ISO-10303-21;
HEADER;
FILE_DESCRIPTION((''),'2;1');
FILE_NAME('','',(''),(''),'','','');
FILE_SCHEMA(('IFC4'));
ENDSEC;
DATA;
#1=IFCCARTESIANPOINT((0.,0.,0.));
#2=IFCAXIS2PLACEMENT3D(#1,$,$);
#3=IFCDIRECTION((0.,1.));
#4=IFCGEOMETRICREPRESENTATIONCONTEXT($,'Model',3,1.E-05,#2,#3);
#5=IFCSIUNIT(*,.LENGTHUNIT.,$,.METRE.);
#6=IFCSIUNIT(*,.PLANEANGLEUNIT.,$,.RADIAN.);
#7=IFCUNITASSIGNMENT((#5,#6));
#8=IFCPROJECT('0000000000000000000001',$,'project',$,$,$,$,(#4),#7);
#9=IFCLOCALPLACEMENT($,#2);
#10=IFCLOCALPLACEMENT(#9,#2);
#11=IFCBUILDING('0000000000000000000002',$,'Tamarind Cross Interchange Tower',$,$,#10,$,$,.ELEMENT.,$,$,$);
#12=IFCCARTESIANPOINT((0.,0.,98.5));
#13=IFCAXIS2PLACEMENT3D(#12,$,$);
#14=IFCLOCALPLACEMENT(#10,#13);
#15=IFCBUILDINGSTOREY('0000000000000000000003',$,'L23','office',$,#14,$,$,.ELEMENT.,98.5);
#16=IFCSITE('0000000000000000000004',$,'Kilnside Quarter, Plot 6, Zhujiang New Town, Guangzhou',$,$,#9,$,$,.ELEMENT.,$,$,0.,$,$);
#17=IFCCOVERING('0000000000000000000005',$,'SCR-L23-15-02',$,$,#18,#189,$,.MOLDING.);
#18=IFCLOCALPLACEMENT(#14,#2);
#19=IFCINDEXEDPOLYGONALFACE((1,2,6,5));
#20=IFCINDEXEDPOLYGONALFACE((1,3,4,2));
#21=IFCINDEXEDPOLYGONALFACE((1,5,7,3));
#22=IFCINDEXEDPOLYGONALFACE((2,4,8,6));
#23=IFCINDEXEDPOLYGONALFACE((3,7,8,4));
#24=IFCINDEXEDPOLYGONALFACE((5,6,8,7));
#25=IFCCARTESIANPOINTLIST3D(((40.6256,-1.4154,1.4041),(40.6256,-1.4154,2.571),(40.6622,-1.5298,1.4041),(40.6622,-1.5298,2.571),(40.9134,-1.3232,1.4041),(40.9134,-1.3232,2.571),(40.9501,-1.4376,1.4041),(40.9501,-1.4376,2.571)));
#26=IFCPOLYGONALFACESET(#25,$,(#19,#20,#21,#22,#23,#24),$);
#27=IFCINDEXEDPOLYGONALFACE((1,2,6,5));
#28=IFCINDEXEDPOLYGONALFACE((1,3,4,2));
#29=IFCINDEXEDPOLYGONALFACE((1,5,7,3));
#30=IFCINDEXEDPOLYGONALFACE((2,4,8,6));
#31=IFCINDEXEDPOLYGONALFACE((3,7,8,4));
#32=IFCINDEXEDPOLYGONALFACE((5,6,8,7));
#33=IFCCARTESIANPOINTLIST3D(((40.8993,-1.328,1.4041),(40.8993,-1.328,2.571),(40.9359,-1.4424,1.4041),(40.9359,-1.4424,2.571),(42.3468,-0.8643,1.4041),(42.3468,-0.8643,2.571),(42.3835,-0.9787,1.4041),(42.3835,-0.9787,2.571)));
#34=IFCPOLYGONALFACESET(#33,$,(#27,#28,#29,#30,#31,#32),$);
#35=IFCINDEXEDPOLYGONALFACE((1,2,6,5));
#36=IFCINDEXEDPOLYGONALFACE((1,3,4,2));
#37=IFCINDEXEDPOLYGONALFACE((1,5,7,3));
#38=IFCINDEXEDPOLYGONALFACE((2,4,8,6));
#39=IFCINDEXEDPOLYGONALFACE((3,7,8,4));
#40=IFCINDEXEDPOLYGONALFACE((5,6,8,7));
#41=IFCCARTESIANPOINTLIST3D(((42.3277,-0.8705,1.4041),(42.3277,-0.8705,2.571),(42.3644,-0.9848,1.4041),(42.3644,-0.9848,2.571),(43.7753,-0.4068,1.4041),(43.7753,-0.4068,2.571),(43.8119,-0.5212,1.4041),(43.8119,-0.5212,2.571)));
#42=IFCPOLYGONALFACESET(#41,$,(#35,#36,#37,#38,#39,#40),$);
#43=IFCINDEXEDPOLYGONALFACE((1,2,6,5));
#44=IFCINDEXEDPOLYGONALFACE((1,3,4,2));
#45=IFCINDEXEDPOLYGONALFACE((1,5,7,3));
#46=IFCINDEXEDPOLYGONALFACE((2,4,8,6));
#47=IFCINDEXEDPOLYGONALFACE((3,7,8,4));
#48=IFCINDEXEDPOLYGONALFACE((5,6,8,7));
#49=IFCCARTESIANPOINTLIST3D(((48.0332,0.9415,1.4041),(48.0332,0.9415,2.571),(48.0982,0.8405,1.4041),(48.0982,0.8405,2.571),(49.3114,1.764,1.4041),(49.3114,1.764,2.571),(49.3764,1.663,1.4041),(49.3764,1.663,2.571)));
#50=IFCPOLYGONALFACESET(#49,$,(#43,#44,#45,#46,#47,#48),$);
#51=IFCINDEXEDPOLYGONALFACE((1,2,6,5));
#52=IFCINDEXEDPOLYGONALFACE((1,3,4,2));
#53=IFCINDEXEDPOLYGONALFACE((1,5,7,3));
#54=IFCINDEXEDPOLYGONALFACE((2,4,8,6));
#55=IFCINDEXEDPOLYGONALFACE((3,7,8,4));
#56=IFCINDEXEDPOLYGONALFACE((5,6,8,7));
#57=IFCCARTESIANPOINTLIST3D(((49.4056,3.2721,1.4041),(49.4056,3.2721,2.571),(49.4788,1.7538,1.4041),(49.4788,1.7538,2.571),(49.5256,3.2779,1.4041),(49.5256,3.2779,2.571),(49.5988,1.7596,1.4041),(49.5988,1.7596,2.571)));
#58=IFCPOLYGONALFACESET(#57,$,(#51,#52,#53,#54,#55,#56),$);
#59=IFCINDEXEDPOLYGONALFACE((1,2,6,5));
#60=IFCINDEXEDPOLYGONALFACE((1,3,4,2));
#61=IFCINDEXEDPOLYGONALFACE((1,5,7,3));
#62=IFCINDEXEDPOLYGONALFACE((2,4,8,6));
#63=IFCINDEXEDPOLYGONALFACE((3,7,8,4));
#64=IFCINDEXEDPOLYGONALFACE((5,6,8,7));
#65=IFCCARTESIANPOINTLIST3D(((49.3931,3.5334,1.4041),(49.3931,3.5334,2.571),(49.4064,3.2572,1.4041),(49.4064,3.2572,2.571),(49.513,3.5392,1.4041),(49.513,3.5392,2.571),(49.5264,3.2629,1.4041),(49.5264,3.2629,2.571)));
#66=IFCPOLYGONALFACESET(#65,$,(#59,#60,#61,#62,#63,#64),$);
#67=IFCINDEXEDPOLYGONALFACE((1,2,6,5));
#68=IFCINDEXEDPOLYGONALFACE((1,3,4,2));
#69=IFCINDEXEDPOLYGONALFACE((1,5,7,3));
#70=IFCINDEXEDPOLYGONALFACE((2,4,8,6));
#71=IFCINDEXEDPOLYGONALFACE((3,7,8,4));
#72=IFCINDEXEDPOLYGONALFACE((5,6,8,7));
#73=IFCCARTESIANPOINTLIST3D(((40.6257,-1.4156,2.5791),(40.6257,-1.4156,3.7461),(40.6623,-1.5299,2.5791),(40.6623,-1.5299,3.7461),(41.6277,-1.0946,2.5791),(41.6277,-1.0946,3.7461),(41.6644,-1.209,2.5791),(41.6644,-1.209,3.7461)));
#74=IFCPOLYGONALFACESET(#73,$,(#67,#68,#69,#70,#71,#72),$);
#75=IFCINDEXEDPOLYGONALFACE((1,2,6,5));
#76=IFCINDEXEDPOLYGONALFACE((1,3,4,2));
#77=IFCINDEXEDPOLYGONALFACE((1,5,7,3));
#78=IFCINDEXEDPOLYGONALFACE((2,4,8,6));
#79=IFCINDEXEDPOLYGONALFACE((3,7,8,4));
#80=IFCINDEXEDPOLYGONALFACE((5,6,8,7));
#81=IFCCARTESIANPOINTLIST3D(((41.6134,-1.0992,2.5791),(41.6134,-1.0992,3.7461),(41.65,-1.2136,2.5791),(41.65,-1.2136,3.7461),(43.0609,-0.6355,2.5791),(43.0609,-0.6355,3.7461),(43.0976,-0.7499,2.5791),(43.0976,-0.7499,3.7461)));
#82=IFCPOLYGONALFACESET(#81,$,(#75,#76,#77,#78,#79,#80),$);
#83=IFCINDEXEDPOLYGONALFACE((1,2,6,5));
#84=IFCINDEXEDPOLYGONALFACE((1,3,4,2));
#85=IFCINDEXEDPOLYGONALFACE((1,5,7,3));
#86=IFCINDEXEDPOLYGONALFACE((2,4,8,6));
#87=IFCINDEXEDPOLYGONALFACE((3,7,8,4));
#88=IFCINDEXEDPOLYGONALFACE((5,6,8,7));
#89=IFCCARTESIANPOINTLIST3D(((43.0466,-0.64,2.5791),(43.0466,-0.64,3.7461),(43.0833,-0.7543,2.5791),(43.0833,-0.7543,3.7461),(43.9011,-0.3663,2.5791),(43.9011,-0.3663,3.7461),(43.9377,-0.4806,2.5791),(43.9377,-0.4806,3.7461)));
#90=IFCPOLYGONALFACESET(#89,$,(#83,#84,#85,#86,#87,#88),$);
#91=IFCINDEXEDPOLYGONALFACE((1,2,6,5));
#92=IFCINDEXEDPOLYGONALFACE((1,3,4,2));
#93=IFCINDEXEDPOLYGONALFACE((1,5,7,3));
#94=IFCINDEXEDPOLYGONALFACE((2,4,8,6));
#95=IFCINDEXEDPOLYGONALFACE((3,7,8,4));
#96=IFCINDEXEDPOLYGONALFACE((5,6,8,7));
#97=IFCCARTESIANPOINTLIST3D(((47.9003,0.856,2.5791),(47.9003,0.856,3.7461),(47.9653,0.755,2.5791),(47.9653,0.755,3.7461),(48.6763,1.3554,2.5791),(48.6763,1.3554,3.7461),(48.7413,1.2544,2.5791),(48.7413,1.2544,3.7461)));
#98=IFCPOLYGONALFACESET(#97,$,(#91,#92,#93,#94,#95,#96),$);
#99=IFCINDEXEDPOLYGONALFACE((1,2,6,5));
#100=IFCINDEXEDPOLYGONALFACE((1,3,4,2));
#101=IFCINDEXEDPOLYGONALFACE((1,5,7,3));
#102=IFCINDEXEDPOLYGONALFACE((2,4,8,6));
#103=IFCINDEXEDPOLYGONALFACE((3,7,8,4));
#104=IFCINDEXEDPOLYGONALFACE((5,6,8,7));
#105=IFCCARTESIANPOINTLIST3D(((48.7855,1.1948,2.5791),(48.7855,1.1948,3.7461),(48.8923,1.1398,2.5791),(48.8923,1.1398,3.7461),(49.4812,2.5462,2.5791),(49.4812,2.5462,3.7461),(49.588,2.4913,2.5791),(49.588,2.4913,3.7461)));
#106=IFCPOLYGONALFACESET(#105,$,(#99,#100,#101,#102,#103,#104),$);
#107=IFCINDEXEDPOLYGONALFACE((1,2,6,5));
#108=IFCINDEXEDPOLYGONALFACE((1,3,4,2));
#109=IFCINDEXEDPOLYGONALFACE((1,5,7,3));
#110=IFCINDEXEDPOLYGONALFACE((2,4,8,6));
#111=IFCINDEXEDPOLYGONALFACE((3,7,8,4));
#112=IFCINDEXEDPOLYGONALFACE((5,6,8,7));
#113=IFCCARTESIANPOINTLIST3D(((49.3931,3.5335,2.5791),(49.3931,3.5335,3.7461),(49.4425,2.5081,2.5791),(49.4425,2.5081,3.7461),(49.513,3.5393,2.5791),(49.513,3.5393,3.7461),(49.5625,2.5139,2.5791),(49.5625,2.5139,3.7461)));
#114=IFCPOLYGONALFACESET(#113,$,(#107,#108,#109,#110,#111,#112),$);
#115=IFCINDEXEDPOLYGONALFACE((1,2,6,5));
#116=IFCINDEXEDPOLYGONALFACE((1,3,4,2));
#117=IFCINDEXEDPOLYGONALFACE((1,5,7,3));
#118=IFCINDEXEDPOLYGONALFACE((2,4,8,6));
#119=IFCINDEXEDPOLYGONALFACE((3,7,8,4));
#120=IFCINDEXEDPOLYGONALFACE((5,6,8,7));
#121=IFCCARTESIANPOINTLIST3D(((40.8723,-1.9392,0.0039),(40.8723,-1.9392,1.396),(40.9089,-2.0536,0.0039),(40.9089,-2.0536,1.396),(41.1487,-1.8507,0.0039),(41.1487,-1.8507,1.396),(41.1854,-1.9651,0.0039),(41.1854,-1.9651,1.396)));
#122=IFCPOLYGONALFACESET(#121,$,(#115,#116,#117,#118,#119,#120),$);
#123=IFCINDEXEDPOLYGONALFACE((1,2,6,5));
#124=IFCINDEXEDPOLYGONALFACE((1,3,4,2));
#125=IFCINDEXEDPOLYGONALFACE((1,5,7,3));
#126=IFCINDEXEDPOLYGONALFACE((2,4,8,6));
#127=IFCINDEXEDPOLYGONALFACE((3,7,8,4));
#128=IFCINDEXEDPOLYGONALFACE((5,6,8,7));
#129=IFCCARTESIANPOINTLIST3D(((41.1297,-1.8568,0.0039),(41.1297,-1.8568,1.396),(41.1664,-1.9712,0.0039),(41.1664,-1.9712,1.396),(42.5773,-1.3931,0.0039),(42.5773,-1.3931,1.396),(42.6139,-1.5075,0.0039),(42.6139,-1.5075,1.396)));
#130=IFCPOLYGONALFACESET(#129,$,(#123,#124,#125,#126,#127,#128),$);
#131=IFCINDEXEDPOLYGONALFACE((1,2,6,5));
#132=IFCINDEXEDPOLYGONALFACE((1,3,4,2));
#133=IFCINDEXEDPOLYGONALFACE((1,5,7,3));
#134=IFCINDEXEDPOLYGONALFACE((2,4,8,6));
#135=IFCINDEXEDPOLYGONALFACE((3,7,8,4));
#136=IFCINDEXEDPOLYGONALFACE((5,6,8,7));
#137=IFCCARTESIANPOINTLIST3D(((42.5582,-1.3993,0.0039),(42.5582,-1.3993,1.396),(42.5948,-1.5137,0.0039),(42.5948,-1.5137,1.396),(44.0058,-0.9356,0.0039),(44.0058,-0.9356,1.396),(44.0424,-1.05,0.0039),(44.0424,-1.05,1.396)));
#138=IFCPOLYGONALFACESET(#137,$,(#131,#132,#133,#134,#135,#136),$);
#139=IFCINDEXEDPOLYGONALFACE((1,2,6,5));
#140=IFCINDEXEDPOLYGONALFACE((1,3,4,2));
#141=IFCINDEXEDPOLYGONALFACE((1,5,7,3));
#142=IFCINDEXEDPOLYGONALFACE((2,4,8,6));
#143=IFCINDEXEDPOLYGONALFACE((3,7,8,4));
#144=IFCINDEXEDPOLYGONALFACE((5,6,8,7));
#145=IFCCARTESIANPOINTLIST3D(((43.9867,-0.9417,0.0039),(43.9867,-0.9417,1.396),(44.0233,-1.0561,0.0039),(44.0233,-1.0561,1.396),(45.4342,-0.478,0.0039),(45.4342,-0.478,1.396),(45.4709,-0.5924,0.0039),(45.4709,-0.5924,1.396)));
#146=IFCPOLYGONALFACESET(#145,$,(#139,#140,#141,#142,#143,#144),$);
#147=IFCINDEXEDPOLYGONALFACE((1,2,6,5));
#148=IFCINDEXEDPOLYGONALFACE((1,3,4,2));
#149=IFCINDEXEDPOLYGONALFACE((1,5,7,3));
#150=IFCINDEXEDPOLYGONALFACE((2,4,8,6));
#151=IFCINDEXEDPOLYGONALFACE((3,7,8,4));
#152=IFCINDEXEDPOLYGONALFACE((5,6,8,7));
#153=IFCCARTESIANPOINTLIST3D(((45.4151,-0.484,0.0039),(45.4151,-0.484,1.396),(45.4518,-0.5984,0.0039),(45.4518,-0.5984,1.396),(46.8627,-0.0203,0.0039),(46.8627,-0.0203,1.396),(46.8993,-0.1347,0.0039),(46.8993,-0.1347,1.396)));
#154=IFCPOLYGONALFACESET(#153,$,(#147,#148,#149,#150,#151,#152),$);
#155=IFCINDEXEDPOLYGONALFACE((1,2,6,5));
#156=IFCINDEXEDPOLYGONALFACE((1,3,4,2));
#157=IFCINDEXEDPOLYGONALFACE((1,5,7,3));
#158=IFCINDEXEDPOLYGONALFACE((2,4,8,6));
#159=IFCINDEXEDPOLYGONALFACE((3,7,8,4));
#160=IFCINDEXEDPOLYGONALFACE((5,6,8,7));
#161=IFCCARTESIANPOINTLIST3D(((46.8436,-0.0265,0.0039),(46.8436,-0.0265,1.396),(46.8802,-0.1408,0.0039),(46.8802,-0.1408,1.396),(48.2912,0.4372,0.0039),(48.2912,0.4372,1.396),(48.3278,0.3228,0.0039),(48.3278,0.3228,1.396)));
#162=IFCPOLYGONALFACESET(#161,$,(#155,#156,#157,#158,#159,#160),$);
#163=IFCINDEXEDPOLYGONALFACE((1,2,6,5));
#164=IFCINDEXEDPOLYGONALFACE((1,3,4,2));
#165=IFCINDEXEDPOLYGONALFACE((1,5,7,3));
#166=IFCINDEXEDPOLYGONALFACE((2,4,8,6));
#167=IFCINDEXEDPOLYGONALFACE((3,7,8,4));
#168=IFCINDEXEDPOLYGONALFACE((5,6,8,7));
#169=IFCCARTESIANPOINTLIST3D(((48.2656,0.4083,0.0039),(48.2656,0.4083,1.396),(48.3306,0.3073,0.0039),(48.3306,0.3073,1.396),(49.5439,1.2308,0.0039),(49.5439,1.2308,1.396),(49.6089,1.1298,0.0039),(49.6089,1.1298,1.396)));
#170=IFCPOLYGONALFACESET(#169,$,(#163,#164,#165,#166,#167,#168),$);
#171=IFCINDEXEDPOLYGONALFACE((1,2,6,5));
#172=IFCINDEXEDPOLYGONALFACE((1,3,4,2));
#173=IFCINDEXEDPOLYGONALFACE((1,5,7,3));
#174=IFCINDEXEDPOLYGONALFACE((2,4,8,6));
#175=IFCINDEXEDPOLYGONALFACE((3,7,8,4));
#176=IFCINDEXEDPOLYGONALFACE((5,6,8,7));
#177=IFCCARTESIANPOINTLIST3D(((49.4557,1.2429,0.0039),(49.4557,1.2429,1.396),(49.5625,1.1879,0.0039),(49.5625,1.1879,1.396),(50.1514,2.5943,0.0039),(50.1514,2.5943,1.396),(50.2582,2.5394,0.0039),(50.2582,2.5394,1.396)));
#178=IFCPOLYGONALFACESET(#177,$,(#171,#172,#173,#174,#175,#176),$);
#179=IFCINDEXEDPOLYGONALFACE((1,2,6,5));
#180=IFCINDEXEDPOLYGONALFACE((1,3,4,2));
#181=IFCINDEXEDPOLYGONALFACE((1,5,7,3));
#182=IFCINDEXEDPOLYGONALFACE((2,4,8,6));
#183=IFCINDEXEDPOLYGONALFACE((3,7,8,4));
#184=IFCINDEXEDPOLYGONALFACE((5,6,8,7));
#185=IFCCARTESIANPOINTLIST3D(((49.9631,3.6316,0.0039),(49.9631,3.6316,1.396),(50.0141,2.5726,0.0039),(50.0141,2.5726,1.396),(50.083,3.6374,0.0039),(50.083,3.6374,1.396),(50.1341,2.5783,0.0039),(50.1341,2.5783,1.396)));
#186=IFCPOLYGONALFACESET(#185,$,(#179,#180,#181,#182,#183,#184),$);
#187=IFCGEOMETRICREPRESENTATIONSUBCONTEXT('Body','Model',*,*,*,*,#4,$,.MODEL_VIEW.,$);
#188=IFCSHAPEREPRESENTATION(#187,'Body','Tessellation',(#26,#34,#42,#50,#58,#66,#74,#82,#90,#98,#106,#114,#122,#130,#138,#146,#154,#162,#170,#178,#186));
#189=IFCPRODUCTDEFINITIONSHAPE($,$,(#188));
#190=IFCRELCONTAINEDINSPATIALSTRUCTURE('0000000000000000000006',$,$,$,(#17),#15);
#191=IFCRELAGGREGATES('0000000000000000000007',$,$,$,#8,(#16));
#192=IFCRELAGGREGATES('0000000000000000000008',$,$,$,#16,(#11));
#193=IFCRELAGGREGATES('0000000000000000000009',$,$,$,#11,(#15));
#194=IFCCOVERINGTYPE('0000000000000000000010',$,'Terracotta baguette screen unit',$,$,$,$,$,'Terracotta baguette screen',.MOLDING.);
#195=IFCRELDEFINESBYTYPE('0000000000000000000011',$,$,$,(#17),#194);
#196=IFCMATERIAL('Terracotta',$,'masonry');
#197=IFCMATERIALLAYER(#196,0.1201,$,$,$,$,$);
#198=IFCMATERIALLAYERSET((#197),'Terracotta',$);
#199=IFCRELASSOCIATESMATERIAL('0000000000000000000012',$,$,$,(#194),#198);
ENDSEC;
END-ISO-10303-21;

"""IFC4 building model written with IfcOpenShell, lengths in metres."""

from ifc_helpers import new_model, si_unit, direction, frame, origin, origin_2d, place, context, subcontext, project, spatial, rectangle, extrude, material, layer, layer_set, type_object, element, save


model = new_model("IFC4")

# Units and contexts
model_context = context("Model", 3, precision=1e-05, world=origin(), true_north=direction((0.0, 1.0)))
body_context = subcontext(model_context, "Body", "Model", "MODEL_VIEW")
ifc_project = project(units=[si_unit("LENGTHUNIT", "METRE"), si_unit("PLANEANGLEUNIT", "RADIAN")], contexts=[model_context])

# Site, building, storey
site_placement = place(None, origin())
site = spatial("IfcSite", under=ifc_project, at=site_placement, Name="Kilnside Quarter, Plot 6, Zhujiang New Town, Guangzhou", CompositionType="ELEMENT", RefElevation=0.0)
building_placement = place(site_placement, origin())
building = spatial("IfcBuilding", under=site, at=building_placement, Name="Tamarind Cross Interchange Tower", CompositionType="ELEMENT")
storey_placement = place(building_placement, frame((0.0, 0.0, 98.5)))
storey = spatial("IfcBuildingStorey", under=building, at=storey_placement, Name="L23", Description="office", CompositionType="ELEMENT", Elevation=98.5)

# Covering
ifc_material_1 = material(Name="Terracotta", Category="masonry")
ifc_layer_1 = layer(ifc_material_1, 0.1201)
ifc_layer_set_1 = layer_set([ifc_layer_1], Name="Terracotta")
covering_type = type_object("IfcCoveringType", Name="Terracotta baguette screen unit", ElementType="Terracotta baguette screen", PredefinedType="MOLDING", material=ifc_layer_set_1)
covering_1_placement = place(storey_placement, origin())
element("IfcCovering", 1, at=covering_1_placement, inside=storey, type_object=covering_type, Name="SCR-L23-15-02", PredefinedType="MOLDING", context=body_context, shape_type="SweptSolid", body=[
    extrude(rectangle(XDim=0.3022, YDim=0.1201, at=origin_2d()), frame((40.7878, -1.4265, 1.4041), z_axis=(0.0, 0.0, 1.0), x_axis=(0.952334, 0.305057, 0.0)), (0.0, 0.0, 1.0), 1.167),
    extrude(rectangle(XDim=1.52, YDim=0.1201, at=origin_2d()), frame((41.6414, -1.1533, 1.4041), z_axis=(0.0, 0.0, 1.0), x_axis=(0.952334, 0.305057, 0.0)), (0.0, 0.0, 1.0), 1.167),
    extrude(rectangle(XDim=1.52, YDim=0.1201, at=origin_2d()), frame((43.0698, -0.6958, 1.4041), z_axis=(0.0, 0.0, 1.0), x_axis=(0.952334, 0.305057, 0.0)), (0.0, 0.0, 1.0), 1.167),
    extrude(rectangle(XDim=1.52, YDim=0.1201, at=origin_2d()), frame((48.7048, 1.3022, 1.4041), z_axis=(0.0, 0.0, 1.0), x_axis=(0.840929, 0.541145, 0.0)), (0.0, 0.0, 1.0), 1.167),
    extrude(rectangle(XDim=1.52, YDim=0.1201, at=origin_2d()), frame((49.5022, 2.5159, 1.4041), z_axis=(0.0, 0.0, 1.0), x_axis=(-0.04818, 0.998839, 0.0)), (0.0, 0.0, 1.0), 1.167),
    extrude(rectangle(XDim=0.2766, YDim=0.1201, at=origin_2d()), frame((49.4597, 3.3982, 1.4041), z_axis=(0.0, 0.0, 1.0), x_axis=(-0.04818, 0.998839, 0.0)), (0.0, 0.0, 1.0), 1.167),
    extrude(rectangle(XDim=1.0522, YDim=0.1201, at=origin_2d()), frame((41.145, -1.3123, 2.5791), z_axis=(0.0, 0.0, 1.0), x_axis=(0.952334, 0.305057, 0.0)), (0.0, 0.0, 1.0), 1.167),
    extrude(rectangle(XDim=1.52, YDim=0.1201, at=origin_2d()), frame((42.3555, -0.9246, 2.5791), z_axis=(0.0, 0.0, 1.0), x_axis=(0.952334, 0.305057, 0.0)), (0.0, 0.0, 1.0), 1.167),
    extrude(rectangle(XDim=0.8972, YDim=0.1201, at=origin_2d()), frame((43.4922, -0.5603, 2.5791), z_axis=(0.0, 0.0, 1.0), x_axis=(0.952334, 0.305057, 0.0)), (0.0, 0.0, 1.0), 1.167),
    extrude(rectangle(XDim=0.9229, YDim=0.1201, at=origin_2d()), frame((48.3208, 1.0552, 2.5791), z_axis=(0.0, 0.0, 1.0), x_axis=(0.840929, 0.541145, 0.0)), (0.0, 0.0, 1.0), 1.167),
    extrude(rectangle(XDim=1.52, YDim=0.1201, at=origin_2d()), frame((49.1868, 1.843, 2.5791), z_axis=(0.0, 0.0, 1.0), x_axis=(0.457694, 0.88911, 0.0)), (0.0, 0.0, 1.0), 1.167),
    extrude(rectangle(XDim=1.0266, YDim=0.1201, at=origin_2d()), frame((49.4778, 3.0237, 2.5791), z_axis=(0.0, 0.0, 1.0), x_axis=(-0.04818, 0.998839, 0.0)), (0.0, 0.0, 1.0), 1.167),
    extrude(rectangle(XDim=0.2903, YDim=0.1201, at=origin_2d()), frame((41.0288, -1.9521, 0.0039), z_axis=(0.0, 0.0, 1.0), x_axis=(0.952334, 0.305057, 0.0)), (0.0, 0.0, 1.0), 1.3921),
    extrude(rectangle(XDim=1.52, YDim=0.1201, at=origin_2d()), frame((41.8718, -1.6821, 0.0039), z_axis=(0.0, 0.0, 1.0), x_axis=(0.952334, 0.305057, 0.0)), (0.0, 0.0, 1.0), 1.3921),
    extrude(rectangle(XDim=1.52, YDim=0.1201, at=origin_2d()), frame((43.3003, -1.2246, 0.0039), z_axis=(0.0, 0.0, 1.0), x_axis=(0.952334, 0.305057, 0.0)), (0.0, 0.0, 1.0), 1.3921),
    extrude(rectangle(XDim=1.52, YDim=0.1201, at=origin_2d()), frame((44.7288, -0.7671, 0.0039), z_axis=(0.0, 0.0, 1.0), x_axis=(0.952334, 0.305057, 0.0)), (0.0, 0.0, 1.0), 1.3921),
    extrude(rectangle(XDim=1.52, YDim=0.1201, at=origin_2d()), frame((46.1572, -0.3093, 0.0039), z_axis=(0.0, 0.0, 1.0), x_axis=(0.952334, 0.305057, 0.0)), (0.0, 0.0, 1.0), 1.3921),
    extrude(rectangle(XDim=1.52, YDim=0.1201, at=origin_2d()), frame((47.5857, 0.1482, 0.0039), z_axis=(0.0, 0.0, 1.0), x_axis=(0.952334, 0.305057, 0.0)), (0.0, 0.0, 1.0), 1.3921),
    extrude(rectangle(XDim=1.52, YDim=0.1201, at=origin_2d()), frame((48.9373, 0.769, 0.0039), z_axis=(0.0, 0.0, 1.0), x_axis=(0.840929, 0.541145, 0.0)), (0.0, 0.0, 1.0), 1.3921),
    extrude(rectangle(XDim=1.52, YDim=0.1201, at=origin_2d()), frame((49.8569, 1.8911, 0.0039), z_axis=(0.0, 0.0, 1.0), x_axis=(0.457694, 0.88911, 0.0)), (0.0, 0.0, 1.0), 1.3921),
    extrude(rectangle(XDim=1.0603, YDim=0.1201, at=origin_2d()), frame((50.0486, 3.105, 0.0039), z_axis=(0.0, 0.0, 1.0), x_axis=(-0.04818, 0.998839, 0.0)), (0.0, 0.0, 1.0), 1.3921),
])

save(model, "model.ifc")
